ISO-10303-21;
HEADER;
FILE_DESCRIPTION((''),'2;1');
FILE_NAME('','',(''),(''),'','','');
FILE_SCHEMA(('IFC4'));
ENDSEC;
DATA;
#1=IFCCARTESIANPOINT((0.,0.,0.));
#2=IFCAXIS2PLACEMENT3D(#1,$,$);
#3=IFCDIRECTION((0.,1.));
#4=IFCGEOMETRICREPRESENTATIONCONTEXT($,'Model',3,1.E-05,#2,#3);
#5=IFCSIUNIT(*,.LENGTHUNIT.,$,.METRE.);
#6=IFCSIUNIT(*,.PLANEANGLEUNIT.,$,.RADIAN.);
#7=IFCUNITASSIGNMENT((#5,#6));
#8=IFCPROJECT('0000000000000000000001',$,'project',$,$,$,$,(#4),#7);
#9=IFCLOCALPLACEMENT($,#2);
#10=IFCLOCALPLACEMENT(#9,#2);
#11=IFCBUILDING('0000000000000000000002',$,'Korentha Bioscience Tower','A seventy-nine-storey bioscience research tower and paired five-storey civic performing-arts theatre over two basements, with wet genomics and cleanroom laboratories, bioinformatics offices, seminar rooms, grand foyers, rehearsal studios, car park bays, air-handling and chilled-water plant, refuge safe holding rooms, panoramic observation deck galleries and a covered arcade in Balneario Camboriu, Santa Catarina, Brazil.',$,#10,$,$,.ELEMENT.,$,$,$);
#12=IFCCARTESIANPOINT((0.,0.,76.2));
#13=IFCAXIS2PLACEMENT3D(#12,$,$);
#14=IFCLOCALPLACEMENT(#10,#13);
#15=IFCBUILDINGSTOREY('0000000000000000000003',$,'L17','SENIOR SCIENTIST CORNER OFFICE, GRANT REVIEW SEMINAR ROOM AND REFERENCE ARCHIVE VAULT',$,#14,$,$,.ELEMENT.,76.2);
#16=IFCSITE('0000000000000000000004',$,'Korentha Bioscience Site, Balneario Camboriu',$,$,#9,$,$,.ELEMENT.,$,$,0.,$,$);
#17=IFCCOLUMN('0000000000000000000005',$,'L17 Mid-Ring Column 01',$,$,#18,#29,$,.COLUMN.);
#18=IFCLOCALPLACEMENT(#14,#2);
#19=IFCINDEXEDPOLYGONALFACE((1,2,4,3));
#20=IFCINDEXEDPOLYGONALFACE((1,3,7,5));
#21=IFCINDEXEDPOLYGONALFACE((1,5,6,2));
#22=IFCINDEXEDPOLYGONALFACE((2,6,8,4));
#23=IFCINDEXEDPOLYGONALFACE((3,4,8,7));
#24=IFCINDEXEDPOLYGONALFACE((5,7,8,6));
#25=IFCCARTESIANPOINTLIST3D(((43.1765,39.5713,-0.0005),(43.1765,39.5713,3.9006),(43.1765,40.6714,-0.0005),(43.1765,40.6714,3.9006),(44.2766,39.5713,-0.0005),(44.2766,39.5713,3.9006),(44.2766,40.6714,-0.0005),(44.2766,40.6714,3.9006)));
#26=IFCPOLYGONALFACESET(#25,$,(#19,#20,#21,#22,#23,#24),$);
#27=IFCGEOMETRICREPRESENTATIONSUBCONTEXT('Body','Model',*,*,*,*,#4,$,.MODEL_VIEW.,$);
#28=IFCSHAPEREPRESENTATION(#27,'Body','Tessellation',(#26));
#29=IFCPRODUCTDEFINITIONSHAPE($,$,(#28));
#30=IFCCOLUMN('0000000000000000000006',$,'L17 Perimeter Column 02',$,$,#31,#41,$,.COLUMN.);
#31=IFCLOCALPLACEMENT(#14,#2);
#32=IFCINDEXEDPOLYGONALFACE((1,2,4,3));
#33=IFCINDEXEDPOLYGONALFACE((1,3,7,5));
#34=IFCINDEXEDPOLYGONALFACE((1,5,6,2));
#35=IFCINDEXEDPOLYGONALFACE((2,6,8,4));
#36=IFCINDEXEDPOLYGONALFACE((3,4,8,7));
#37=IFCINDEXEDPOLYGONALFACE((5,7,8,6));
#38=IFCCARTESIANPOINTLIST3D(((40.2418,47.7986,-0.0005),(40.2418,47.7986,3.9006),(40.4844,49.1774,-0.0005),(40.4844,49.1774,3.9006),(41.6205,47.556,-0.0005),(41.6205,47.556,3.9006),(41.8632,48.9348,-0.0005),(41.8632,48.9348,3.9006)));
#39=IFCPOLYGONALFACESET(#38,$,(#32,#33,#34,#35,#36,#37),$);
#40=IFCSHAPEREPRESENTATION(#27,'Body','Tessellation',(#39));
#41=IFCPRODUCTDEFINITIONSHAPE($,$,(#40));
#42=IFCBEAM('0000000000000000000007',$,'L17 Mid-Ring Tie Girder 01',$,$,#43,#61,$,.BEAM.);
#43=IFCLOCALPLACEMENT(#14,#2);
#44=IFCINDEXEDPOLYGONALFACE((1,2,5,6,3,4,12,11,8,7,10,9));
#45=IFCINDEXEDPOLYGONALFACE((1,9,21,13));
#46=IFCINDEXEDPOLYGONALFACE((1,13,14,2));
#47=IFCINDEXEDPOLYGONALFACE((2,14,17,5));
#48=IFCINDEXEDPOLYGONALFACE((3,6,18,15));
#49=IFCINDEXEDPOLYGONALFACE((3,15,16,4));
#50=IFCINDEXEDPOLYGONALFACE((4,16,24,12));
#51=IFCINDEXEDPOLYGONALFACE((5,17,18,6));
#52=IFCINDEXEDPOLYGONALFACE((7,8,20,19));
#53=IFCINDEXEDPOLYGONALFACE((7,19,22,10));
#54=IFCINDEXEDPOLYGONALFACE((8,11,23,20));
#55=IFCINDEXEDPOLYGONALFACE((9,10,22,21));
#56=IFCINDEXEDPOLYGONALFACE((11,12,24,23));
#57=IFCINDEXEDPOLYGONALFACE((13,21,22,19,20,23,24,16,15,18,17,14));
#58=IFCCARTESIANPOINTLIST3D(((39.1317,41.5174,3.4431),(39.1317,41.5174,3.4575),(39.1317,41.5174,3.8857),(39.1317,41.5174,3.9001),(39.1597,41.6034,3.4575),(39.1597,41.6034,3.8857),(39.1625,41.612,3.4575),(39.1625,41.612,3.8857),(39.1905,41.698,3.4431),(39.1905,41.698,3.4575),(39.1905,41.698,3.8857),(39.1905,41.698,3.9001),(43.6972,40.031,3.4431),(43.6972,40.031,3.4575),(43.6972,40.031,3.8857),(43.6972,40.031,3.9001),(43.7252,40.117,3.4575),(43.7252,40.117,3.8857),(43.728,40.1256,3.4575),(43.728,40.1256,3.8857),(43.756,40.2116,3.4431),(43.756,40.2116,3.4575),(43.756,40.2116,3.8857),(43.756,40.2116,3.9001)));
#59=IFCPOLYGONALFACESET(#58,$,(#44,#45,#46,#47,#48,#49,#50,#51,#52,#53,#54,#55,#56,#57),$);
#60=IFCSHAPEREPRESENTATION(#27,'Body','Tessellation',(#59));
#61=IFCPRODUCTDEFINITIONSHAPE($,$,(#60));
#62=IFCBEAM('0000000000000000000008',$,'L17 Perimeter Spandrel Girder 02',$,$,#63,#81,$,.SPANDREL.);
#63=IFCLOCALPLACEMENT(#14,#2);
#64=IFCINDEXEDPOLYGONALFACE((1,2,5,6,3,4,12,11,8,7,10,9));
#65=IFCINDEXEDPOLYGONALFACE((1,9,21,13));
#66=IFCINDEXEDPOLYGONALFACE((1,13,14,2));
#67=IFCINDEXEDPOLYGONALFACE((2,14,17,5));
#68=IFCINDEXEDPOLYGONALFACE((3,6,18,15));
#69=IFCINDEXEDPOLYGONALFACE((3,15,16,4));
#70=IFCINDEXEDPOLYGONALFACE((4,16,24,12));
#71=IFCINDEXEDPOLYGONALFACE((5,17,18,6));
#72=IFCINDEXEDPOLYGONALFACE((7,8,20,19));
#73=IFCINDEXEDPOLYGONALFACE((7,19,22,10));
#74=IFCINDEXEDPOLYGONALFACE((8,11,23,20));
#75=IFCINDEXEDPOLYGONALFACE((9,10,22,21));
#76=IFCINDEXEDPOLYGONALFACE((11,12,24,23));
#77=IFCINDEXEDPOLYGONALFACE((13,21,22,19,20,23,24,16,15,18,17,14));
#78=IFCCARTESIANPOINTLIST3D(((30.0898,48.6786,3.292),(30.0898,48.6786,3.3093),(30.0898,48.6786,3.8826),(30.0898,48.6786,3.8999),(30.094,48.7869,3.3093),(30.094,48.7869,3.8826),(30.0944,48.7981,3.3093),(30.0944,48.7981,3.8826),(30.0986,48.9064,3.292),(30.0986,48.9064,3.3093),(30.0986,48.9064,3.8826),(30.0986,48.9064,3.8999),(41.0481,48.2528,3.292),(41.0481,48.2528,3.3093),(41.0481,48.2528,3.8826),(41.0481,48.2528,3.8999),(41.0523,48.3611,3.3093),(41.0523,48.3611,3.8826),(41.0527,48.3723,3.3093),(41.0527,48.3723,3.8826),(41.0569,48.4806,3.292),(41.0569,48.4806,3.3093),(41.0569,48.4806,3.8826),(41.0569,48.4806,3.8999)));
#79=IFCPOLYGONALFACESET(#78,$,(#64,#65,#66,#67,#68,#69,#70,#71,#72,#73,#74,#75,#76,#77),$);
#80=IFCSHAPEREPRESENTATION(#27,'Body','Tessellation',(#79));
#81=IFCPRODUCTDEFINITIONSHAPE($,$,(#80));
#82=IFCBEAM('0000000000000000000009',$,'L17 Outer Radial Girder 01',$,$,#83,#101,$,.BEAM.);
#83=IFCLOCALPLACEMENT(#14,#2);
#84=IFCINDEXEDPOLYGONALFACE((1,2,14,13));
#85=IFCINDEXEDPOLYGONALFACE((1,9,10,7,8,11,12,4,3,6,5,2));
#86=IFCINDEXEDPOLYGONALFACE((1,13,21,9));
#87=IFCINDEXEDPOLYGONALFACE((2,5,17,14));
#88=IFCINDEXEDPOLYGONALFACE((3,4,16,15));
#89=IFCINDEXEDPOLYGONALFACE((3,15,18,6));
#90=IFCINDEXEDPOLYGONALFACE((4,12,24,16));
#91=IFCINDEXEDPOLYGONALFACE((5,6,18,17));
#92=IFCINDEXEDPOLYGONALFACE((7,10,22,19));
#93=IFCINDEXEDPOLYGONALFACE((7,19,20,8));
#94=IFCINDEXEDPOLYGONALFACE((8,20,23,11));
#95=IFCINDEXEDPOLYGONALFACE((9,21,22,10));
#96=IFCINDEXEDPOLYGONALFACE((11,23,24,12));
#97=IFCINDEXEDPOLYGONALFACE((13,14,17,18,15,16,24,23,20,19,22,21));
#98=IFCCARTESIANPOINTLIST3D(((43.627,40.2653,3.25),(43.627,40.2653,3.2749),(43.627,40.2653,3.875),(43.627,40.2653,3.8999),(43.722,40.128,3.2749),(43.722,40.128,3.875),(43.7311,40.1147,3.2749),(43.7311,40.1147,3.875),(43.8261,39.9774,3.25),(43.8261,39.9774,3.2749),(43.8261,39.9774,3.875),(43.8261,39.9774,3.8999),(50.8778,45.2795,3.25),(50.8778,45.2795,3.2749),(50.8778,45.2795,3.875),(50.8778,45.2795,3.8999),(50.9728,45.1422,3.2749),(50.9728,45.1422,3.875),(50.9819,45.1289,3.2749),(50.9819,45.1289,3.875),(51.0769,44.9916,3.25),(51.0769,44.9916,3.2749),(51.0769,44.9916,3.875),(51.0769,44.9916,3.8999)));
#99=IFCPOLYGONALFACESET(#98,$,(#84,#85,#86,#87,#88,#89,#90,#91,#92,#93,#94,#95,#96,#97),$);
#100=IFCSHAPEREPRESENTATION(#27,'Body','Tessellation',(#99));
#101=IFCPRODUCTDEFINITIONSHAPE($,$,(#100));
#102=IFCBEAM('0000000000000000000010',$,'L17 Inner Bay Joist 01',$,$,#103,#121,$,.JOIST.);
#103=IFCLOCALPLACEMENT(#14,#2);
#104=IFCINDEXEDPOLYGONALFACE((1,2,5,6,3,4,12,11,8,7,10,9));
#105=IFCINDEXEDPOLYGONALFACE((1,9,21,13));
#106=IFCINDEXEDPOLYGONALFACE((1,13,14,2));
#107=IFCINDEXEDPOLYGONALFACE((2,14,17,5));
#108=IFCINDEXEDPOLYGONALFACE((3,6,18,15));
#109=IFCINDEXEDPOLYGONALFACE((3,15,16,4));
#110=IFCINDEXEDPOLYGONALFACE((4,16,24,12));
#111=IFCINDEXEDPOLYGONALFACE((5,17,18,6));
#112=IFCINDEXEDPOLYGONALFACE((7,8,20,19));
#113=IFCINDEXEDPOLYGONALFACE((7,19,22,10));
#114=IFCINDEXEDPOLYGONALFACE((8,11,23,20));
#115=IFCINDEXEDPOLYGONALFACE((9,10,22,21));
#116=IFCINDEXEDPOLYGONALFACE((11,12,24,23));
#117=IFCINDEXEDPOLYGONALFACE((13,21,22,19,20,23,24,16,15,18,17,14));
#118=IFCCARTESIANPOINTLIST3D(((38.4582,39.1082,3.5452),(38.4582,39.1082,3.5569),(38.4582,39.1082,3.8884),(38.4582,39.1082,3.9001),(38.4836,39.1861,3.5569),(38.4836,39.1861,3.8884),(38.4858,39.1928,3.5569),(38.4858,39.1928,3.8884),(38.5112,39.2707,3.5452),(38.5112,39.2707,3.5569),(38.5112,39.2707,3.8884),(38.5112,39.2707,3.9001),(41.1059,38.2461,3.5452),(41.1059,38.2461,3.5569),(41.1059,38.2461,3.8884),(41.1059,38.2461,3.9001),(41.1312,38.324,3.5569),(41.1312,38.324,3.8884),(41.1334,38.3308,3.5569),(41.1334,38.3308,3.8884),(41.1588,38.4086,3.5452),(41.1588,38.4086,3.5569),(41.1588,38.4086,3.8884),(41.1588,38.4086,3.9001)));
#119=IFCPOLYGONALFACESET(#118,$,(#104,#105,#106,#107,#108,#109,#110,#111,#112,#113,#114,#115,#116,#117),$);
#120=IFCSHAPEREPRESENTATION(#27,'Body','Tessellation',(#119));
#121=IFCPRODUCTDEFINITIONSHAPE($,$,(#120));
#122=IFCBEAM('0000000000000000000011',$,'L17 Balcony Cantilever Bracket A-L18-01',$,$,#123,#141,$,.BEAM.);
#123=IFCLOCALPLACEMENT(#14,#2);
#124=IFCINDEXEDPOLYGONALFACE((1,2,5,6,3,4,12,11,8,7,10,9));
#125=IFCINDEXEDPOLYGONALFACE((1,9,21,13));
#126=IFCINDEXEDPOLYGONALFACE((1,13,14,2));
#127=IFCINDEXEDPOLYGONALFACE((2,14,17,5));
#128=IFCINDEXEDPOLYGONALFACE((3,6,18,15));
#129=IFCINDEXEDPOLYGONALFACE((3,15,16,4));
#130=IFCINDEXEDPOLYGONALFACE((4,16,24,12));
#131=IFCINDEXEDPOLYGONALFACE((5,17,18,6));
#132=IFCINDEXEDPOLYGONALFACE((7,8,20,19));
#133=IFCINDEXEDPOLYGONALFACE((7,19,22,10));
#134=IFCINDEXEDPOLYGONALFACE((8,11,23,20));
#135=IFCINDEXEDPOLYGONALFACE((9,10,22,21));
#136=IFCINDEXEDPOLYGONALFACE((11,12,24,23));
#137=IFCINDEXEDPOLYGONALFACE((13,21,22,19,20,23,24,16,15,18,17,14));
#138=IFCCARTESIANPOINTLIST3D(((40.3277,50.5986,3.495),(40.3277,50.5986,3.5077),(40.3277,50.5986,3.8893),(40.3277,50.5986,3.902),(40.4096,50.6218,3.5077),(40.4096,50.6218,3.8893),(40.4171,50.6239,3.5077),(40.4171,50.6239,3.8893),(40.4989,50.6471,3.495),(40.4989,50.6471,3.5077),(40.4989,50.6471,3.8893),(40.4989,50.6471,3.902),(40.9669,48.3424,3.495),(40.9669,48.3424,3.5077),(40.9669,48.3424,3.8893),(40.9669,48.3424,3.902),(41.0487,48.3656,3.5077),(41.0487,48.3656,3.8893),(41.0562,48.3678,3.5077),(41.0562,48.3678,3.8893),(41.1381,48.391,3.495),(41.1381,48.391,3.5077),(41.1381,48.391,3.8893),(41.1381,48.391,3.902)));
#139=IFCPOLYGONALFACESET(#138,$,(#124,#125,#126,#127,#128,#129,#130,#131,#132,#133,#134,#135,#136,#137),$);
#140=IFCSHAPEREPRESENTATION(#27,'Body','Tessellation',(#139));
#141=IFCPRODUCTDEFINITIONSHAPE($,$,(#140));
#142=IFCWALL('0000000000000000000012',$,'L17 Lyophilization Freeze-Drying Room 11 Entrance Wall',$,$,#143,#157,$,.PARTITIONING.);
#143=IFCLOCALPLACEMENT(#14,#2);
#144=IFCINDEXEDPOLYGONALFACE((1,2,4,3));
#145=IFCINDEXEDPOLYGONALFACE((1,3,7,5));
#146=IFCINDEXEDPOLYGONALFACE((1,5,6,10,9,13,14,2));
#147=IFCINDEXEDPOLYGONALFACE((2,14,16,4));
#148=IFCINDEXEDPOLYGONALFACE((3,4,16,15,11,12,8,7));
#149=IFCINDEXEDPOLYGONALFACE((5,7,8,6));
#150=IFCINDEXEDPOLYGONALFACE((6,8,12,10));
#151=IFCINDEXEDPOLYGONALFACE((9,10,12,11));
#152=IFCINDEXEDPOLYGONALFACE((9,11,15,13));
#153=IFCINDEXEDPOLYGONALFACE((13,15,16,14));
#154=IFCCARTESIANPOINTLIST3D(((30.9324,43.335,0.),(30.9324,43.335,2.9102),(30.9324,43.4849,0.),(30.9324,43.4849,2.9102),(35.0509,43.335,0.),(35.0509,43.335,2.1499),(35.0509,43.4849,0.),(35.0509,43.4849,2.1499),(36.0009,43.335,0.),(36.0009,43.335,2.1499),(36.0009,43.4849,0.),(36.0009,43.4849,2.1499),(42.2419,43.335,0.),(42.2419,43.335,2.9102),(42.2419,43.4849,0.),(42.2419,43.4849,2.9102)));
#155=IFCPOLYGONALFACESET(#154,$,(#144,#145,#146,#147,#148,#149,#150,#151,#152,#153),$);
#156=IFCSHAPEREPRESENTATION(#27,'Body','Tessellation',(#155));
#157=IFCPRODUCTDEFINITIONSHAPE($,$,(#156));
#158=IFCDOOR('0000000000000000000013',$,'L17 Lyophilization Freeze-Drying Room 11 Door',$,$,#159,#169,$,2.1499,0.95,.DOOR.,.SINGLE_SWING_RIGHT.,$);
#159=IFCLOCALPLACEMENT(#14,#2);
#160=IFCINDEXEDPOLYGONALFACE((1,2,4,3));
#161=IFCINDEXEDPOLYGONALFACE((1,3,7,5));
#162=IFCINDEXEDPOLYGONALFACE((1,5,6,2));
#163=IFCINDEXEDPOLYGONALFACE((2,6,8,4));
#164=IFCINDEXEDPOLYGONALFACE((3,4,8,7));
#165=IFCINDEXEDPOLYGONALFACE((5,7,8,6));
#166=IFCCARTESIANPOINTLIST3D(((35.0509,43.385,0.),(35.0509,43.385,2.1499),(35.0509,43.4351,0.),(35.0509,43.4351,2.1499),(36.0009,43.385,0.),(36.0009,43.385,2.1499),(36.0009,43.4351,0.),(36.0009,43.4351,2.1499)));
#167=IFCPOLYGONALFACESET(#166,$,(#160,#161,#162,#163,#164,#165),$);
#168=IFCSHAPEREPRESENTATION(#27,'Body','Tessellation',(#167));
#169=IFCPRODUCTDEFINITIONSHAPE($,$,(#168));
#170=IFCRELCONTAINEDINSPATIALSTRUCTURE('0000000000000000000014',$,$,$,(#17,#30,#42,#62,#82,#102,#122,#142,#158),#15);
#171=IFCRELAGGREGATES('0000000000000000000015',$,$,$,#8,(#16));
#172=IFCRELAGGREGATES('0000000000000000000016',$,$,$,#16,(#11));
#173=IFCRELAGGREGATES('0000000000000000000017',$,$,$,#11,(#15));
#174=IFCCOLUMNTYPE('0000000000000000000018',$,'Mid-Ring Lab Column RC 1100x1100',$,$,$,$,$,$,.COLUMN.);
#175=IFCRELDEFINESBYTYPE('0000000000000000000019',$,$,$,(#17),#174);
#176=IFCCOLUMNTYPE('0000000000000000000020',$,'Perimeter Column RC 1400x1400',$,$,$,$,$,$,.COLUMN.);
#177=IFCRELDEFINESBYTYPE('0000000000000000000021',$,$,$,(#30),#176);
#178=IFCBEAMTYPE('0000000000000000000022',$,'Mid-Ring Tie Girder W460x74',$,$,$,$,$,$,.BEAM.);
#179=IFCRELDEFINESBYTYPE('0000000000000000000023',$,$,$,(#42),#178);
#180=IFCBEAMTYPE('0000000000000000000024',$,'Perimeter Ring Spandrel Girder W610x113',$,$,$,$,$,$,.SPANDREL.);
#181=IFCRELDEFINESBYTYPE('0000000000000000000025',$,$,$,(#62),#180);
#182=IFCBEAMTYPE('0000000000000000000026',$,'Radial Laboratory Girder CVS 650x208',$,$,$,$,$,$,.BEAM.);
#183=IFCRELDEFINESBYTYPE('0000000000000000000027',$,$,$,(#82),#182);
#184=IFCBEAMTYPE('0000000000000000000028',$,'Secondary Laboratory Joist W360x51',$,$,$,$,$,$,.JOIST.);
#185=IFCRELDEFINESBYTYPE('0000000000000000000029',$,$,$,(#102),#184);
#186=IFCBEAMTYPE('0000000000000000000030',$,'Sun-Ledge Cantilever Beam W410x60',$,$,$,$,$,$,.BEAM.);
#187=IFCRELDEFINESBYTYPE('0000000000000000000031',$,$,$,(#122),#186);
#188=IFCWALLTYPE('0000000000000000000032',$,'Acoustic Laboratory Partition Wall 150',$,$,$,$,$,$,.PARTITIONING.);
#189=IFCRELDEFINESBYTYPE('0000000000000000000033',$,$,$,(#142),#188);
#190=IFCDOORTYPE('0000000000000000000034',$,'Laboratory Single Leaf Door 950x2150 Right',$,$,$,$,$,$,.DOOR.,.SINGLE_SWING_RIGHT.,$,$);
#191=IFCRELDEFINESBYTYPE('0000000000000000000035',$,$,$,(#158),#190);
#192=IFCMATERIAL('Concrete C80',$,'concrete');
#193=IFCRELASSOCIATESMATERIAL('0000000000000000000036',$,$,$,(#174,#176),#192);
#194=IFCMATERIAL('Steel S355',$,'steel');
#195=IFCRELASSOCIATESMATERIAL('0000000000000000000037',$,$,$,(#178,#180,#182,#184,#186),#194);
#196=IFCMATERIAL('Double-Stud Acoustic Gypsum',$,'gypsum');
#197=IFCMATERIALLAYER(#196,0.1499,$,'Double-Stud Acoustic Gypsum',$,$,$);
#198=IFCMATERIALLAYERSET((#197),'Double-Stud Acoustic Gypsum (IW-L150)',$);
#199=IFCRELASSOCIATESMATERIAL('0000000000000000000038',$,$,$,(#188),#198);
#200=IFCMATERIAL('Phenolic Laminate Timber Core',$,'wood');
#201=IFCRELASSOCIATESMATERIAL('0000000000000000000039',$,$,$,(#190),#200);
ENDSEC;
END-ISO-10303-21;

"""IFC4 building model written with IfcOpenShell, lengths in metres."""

from ifc_helpers import new_model, si_unit, direction, frame, frame_2d, origin, origin_2d, place, context, subcontext, project, spatial, rectangle, i_section, extrude, material, layer, layer_set, material_profile, profile_set, type_object, element, fill, save


model = new_model("IFC4")

# Units and contexts
model_context = context("Model", 3, precision=1e-05, world=origin(), true_north=direction((0.0, 1.0)))
body_context = subcontext(model_context, "Body", "Model", "MODEL_VIEW")
ifc_project = project(units=[si_unit("LENGTHUNIT", "METRE"), si_unit("PLANEANGLEUNIT", "RADIAN")], contexts=[model_context])

# Site, building, storey
site_placement = place(None, origin())
site = spatial("IfcSite", under=ifc_project, at=site_placement, Name="Korentha Bioscience Site, Balneario Camboriu", CompositionType="ELEMENT", RefElevation=0.0)
building_placement = place(site_placement, origin())
building = spatial("IfcBuilding", under=site, at=building_placement, Name="Korentha Bioscience Tower", Description="A seventy-nine-storey bioscience research tower and paired five-storey civic performing-arts theatre over two basements, with wet genomics and cleanroom laboratories, bioinformatics offices, seminar rooms, grand foyers, rehearsal studios, car park bays, air-handling and chilled-water plant, refuge safe holding rooms, panoramic observation deck galleries and a covered arcade in Balneario Camboriu, Santa Catarina, Brazil.", CompositionType="ELEMENT")
storey_placement = place(building_placement, frame((0.0, 0.0, 76.2)))
storey = spatial("IfcBuildingStorey", under=building, at=storey_placement, Name="L17", Description="SENIOR SCIENTIST CORNER OFFICE, GRANT REVIEW SEMINAR ROOM AND REFERENCE ARCHIVE VAULT", CompositionType="ELEMENT", Elevation=76.2)

# Columns
ifc_material_1 = material(Name="Concrete C80", Category="concrete")
ifc_material_profile_1 = material_profile(ifc_material_1, rectangle(XDim=1.1001, YDim=1.1001, at=origin_2d()), Name="Concrete C80")
ifc_profile_set_1 = profile_set([ifc_material_profile_1], Name="Concrete C80 (COL-MR11)")
column_type_1 = type_object("IfcColumnType", Name="Mid-Ring Lab Column RC 1100x1100", PredefinedType="COLUMN", material=ifc_profile_set_1)
column_1_placement = place(storey_placement, frame((43.7266, 40.1213, -0.0005), z_axis=(0.0, 0.0, 1.0), x_axis=(1.0, 0.0, 0.0)))
element("IfcColumn", 1, at=column_1_placement, inside=storey, type_object=column_type_1, Name="L17 Mid-Ring Column 01", PredefinedType="COLUMN", context=body_context, shape_type="SweptSolid", body=[
    extrude(rectangle(XDim=1.1001, YDim=1.1001, at=origin_2d()), origin(), (0.0, 0.0, 1.0), 3.9011),
])
ifc_material_profile_2 = material_profile(ifc_material_1, rectangle(XDim=1.3999, YDim=1.3999, at=origin_2d()), Name="Concrete C80")
ifc_profile_set_2 = profile_set([ifc_material_profile_2], Name="Concrete C80 (COL-P14)")
column_type_2 = type_object("IfcColumnType", Name="Perimeter Column RC 1400x1400", PredefinedType="COLUMN", material=ifc_profile_set_2)
column_2_placement = place(storey_placement, frame((41.0525, 48.3667, -0.0005), z_axis=(0.0, 0.0, 1.0), x_axis=(-0.984868, 0.173304, 0.0)))
element("IfcColumn", 2, at=column_2_placement, inside=storey, type_object=column_type_2, Name="L17 Perimeter Column 02", PredefinedType="COLUMN", context=body_context, shape_type="SweptSolid", body=[
    extrude(rectangle(XDim=1.3999, YDim=1.3999, at=origin_2d()), origin(), (0.0, 0.0, 1.0), 3.9011),
])

# Beams
ifc_material_2 = material(Name="Steel S355", Category="steel")
ifc_material_profile_3 = material_profile(ifc_material_2, i_section(OverallWidth=0.1899, OverallDepth=0.457, WebThickness=0.009, FlangeThickness=0.0144, at=origin_2d()), Name="Steel S355")
ifc_profile_set_3 = profile_set([ifc_material_profile_3], Name="Steel S355 (MB-460)")
beam_type_1 = type_object("IfcBeamType", Name="Mid-Ring Tie Girder W460x74", PredefinedType="BEAM", material=ifc_profile_set_3)
beam_1_placement = place(storey_placement, frame((43.7266, 40.1213, 3.6716), z_axis=(-0.950877, 0.309569, 0.0), x_axis=(-0.309569, -0.950877, 0.0)))
element("IfcBeam", 3, at=beam_1_placement, inside=storey, type_object=beam_type_1, Name="L17 Mid-Ring Tie Girder 01", PredefinedType="BEAM", context=body_context, shape_type="SweptSolid", body=[
    extrude(i_section(OverallWidth=0.1899, OverallDepth=0.457, WebThickness=0.009, FlangeThickness=0.0144, at=origin_2d()), origin(), (0.0, 0.0, 1.0), 4.8013),
])
ifc_material_profile_4 = material_profile(ifc_material_2, i_section(OverallWidth=0.228, OverallDepth=0.6079, WebThickness=0.0112, FlangeThickness=0.0173, at=origin_2d()), Name="Steel S355")
ifc_profile_set_4 = profile_set([ifc_material_profile_4], Name="Steel S355 (SB-610)")
beam_type_2 = type_object("IfcBeamType", Name="Perimeter Ring Spandrel Girder W610x113", PredefinedType="SPANDREL", material=ifc_profile_set_4)
beam_2_placement = place(storey_placement, frame((41.0525, 48.3667, 3.5959), z_axis=(-0.999246, 0.038826, 0.0), x_axis=(-0.038826, -0.999246, 0.0)))
element("IfcBeam", 4, at=beam_2_placement, inside=storey, type_object=beam_type_2, Name="L17 Perimeter Spandrel Girder 02", PredefinedType="SPANDREL", context=body_context, shape_type="SweptSolid", body=[
    extrude(i_section(OverallWidth=0.228, OverallDepth=0.6079, WebThickness=0.0112, FlangeThickness=0.0173, at=origin_2d()), origin(), (0.0, 0.0, 1.0), 10.9666),
])
ifc_material_profile_5 = material_profile(ifc_material_2, i_section(OverallWidth=0.3501, OverallDepth=0.6499, WebThickness=0.0161, FlangeThickness=0.0249, at=origin_2d()), Name="Steel S355")
ifc_profile_set_5 = profile_set([ifc_material_profile_5], Name="Steel S355 (RB-650)")
beam_type_3 = type_object("IfcBeamType", Name="Radial Laboratory Girder CVS 650x208", PredefinedType="BEAM", material=ifc_profile_set_5)
beam_3_placement = place(storey_placement, frame((43.7266, 40.1213, 3.575), z_axis=(0.822488, 0.568782, 0.0), x_axis=(-0.568782, 0.822488, 0.0)))
element("IfcBeam", 5, at=beam_3_placement, inside=storey, type_object=beam_type_3, Name="L17 Outer Radial Girder 01", PredefinedType="BEAM", context=body_context, shape_type="SweptSolid", body=[
    extrude(i_section(OverallWidth=0.3501, OverallDepth=0.6499, WebThickness=0.0161, FlangeThickness=0.0249, at=origin_2d()), origin(), (0.0, 0.0, 1.0), 8.8157),
])
ifc_material_profile_6 = material_profile(ifc_material_2, i_section(OverallWidth=0.1709, OverallDepth=0.355, WebThickness=0.0071, FlangeThickness=0.0117, at=origin_2d()), Name="Steel S355")
ifc_profile_set_6 = profile_set([ifc_material_profile_6], Name="Steel S355 (JB-360)")
beam_type_4 = type_object("IfcBeamType", Name="Secondary Laboratory Joist W360x51", PredefinedType="JOIST", material=ifc_profile_set_6)
beam_4_placement = place(storey_placement, frame((41.1323, 38.3274, 3.7227), z_axis=(-0.95087, 0.309592, 0.0), x_axis=(-0.309592, -0.95087, 0.0)))
element("IfcBeam", 6, at=beam_4_placement, inside=storey, type_object=beam_type_4, Name="L17 Inner Bay Joist 01", PredefinedType="JOIST", context=body_context, shape_type="SweptSolid", body=[
    extrude(i_section(OverallWidth=0.1709, OverallDepth=0.355, WebThickness=0.0071, FlangeThickness=0.0117, at=origin_2d()), origin(), (0.0, 0.0, 1.0), 2.7844),
])
ifc_material_profile_7 = material_profile(ifc_material_2, i_section(OverallWidth=0.178, OverallDepth=0.407, WebThickness=0.0078, FlangeThickness=0.0127, at=origin_2d()), Name="Steel S355")
ifc_profile_set_7 = profile_set([ifc_material_profile_7], Name="Steel S355 (CB-410)")
beam_type_5 = type_object("IfcBeamType", Name="Sun-Ledge Cantilever Beam W410x60", PredefinedType="BEAM", material=ifc_profile_set_7)
beam_5_placement = place(storey_placement, frame((41.0525, 48.3667, 3.6985), z_axis=(-0.272575, 0.962134, 0.0), x_axis=(-0.962134, -0.272575, 0.0)))
element("IfcBeam", 7, at=beam_5_placement, inside=storey, type_object=beam_type_5, Name="L17 Balcony Cantilever Bracket A-L18-01", PredefinedType="BEAM", context=body_context, shape_type="SweptSolid", body=[
    extrude(i_section(OverallWidth=0.178, OverallDepth=0.407, WebThickness=0.0078, FlangeThickness=0.0127, at=origin_2d()), origin(), (0.0, 0.0, 1.0), 2.345),
])

# Wall, opening, door
ifc_material_3 = material(Name="Double-Stud Acoustic Gypsum", Category="gypsum")
ifc_layer_1 = layer(ifc_material_3, 0.1499, Name="Double-Stud Acoustic Gypsum")
ifc_layer_set_1 = layer_set([ifc_layer_1], Name="Double-Stud Acoustic Gypsum (IW-L150)")
wall_type_1 = type_object("IfcWallType", Name="Acoustic Laboratory Partition Wall 150", PredefinedType="PARTITIONING", material=ifc_layer_set_1)
wall_1_placement = place(storey_placement, frame((42.2419, 43.4099, 0.0), z_axis=(0.0, 0.0, 1.0), x_axis=(-1.0, 0.0, 0.0)))
wall_1 = element("IfcWall", 8, at=wall_1_placement, inside=storey, type_object=wall_type_1, Name="L17 Lyophilization Freeze-Drying Room 11 Entrance Wall", PredefinedType="PARTITIONING", context=body_context, shape_type="SweptSolid", body=[
    extrude(rectangle(XDim=11.3096, YDim=0.1499, at=frame_2d((5.6548, 0.0))), origin(), (0.0, 0.0, 1.0), 2.9102),
])
opening_1_placement = place(wall_1_placement, frame((6.241, 0.0, 0.0)))
opening_1 = element("IfcOpeningElement", 9, at=opening_1_placement, cuts=wall_1, PredefinedType="OPENING", context=body_context, shape_type="SweptSolid", body=[
    extrude(rectangle(XDim=0.95, YDim=2.1499, at=frame_2d((0.4751, 1.075))), frame((0.0, 0.0898, 0.0), z_axis=(0.0, -1.0, 0.0), x_axis=(1.0, 0.0, 0.0)), (0.0, 0.0, 1.0), 0.1797),
])
ifc_material_4 = material(Name="Phenolic Laminate Timber Core", Category="wood")
door_type_1 = type_object("IfcDoorType", Name="Laboratory Single Leaf Door 950x2150 Right", OperationType="SINGLE_SWING_RIGHT", PredefinedType="DOOR", material=ifc_material_4)
door_1_placement = place(opening_1_placement, origin())
door_1 = element("IfcDoor", 10, at=door_1_placement, inside=storey, type_object=door_type_1, Name="L17 Lyophilization Freeze-Drying Room 11 Door", OperationType="SINGLE_SWING_RIGHT", OverallHeight=2.1499, OverallWidth=0.95, PredefinedType="DOOR", context=body_context, shape_type="SweptSolid", body=[
    extrude(rectangle(XDim=0.95, YDim=2.1499, at=frame_2d((0.4751, 1.075))), frame((0.0, 0.0249, 0.0), z_axis=(0.0, -1.0, 0.0), x_axis=(1.0, 0.0, 0.0)), (0.0, 0.0, 1.0), 0.05),
])
fill(opening_1, door_1)

save(model, "model.ifc")
